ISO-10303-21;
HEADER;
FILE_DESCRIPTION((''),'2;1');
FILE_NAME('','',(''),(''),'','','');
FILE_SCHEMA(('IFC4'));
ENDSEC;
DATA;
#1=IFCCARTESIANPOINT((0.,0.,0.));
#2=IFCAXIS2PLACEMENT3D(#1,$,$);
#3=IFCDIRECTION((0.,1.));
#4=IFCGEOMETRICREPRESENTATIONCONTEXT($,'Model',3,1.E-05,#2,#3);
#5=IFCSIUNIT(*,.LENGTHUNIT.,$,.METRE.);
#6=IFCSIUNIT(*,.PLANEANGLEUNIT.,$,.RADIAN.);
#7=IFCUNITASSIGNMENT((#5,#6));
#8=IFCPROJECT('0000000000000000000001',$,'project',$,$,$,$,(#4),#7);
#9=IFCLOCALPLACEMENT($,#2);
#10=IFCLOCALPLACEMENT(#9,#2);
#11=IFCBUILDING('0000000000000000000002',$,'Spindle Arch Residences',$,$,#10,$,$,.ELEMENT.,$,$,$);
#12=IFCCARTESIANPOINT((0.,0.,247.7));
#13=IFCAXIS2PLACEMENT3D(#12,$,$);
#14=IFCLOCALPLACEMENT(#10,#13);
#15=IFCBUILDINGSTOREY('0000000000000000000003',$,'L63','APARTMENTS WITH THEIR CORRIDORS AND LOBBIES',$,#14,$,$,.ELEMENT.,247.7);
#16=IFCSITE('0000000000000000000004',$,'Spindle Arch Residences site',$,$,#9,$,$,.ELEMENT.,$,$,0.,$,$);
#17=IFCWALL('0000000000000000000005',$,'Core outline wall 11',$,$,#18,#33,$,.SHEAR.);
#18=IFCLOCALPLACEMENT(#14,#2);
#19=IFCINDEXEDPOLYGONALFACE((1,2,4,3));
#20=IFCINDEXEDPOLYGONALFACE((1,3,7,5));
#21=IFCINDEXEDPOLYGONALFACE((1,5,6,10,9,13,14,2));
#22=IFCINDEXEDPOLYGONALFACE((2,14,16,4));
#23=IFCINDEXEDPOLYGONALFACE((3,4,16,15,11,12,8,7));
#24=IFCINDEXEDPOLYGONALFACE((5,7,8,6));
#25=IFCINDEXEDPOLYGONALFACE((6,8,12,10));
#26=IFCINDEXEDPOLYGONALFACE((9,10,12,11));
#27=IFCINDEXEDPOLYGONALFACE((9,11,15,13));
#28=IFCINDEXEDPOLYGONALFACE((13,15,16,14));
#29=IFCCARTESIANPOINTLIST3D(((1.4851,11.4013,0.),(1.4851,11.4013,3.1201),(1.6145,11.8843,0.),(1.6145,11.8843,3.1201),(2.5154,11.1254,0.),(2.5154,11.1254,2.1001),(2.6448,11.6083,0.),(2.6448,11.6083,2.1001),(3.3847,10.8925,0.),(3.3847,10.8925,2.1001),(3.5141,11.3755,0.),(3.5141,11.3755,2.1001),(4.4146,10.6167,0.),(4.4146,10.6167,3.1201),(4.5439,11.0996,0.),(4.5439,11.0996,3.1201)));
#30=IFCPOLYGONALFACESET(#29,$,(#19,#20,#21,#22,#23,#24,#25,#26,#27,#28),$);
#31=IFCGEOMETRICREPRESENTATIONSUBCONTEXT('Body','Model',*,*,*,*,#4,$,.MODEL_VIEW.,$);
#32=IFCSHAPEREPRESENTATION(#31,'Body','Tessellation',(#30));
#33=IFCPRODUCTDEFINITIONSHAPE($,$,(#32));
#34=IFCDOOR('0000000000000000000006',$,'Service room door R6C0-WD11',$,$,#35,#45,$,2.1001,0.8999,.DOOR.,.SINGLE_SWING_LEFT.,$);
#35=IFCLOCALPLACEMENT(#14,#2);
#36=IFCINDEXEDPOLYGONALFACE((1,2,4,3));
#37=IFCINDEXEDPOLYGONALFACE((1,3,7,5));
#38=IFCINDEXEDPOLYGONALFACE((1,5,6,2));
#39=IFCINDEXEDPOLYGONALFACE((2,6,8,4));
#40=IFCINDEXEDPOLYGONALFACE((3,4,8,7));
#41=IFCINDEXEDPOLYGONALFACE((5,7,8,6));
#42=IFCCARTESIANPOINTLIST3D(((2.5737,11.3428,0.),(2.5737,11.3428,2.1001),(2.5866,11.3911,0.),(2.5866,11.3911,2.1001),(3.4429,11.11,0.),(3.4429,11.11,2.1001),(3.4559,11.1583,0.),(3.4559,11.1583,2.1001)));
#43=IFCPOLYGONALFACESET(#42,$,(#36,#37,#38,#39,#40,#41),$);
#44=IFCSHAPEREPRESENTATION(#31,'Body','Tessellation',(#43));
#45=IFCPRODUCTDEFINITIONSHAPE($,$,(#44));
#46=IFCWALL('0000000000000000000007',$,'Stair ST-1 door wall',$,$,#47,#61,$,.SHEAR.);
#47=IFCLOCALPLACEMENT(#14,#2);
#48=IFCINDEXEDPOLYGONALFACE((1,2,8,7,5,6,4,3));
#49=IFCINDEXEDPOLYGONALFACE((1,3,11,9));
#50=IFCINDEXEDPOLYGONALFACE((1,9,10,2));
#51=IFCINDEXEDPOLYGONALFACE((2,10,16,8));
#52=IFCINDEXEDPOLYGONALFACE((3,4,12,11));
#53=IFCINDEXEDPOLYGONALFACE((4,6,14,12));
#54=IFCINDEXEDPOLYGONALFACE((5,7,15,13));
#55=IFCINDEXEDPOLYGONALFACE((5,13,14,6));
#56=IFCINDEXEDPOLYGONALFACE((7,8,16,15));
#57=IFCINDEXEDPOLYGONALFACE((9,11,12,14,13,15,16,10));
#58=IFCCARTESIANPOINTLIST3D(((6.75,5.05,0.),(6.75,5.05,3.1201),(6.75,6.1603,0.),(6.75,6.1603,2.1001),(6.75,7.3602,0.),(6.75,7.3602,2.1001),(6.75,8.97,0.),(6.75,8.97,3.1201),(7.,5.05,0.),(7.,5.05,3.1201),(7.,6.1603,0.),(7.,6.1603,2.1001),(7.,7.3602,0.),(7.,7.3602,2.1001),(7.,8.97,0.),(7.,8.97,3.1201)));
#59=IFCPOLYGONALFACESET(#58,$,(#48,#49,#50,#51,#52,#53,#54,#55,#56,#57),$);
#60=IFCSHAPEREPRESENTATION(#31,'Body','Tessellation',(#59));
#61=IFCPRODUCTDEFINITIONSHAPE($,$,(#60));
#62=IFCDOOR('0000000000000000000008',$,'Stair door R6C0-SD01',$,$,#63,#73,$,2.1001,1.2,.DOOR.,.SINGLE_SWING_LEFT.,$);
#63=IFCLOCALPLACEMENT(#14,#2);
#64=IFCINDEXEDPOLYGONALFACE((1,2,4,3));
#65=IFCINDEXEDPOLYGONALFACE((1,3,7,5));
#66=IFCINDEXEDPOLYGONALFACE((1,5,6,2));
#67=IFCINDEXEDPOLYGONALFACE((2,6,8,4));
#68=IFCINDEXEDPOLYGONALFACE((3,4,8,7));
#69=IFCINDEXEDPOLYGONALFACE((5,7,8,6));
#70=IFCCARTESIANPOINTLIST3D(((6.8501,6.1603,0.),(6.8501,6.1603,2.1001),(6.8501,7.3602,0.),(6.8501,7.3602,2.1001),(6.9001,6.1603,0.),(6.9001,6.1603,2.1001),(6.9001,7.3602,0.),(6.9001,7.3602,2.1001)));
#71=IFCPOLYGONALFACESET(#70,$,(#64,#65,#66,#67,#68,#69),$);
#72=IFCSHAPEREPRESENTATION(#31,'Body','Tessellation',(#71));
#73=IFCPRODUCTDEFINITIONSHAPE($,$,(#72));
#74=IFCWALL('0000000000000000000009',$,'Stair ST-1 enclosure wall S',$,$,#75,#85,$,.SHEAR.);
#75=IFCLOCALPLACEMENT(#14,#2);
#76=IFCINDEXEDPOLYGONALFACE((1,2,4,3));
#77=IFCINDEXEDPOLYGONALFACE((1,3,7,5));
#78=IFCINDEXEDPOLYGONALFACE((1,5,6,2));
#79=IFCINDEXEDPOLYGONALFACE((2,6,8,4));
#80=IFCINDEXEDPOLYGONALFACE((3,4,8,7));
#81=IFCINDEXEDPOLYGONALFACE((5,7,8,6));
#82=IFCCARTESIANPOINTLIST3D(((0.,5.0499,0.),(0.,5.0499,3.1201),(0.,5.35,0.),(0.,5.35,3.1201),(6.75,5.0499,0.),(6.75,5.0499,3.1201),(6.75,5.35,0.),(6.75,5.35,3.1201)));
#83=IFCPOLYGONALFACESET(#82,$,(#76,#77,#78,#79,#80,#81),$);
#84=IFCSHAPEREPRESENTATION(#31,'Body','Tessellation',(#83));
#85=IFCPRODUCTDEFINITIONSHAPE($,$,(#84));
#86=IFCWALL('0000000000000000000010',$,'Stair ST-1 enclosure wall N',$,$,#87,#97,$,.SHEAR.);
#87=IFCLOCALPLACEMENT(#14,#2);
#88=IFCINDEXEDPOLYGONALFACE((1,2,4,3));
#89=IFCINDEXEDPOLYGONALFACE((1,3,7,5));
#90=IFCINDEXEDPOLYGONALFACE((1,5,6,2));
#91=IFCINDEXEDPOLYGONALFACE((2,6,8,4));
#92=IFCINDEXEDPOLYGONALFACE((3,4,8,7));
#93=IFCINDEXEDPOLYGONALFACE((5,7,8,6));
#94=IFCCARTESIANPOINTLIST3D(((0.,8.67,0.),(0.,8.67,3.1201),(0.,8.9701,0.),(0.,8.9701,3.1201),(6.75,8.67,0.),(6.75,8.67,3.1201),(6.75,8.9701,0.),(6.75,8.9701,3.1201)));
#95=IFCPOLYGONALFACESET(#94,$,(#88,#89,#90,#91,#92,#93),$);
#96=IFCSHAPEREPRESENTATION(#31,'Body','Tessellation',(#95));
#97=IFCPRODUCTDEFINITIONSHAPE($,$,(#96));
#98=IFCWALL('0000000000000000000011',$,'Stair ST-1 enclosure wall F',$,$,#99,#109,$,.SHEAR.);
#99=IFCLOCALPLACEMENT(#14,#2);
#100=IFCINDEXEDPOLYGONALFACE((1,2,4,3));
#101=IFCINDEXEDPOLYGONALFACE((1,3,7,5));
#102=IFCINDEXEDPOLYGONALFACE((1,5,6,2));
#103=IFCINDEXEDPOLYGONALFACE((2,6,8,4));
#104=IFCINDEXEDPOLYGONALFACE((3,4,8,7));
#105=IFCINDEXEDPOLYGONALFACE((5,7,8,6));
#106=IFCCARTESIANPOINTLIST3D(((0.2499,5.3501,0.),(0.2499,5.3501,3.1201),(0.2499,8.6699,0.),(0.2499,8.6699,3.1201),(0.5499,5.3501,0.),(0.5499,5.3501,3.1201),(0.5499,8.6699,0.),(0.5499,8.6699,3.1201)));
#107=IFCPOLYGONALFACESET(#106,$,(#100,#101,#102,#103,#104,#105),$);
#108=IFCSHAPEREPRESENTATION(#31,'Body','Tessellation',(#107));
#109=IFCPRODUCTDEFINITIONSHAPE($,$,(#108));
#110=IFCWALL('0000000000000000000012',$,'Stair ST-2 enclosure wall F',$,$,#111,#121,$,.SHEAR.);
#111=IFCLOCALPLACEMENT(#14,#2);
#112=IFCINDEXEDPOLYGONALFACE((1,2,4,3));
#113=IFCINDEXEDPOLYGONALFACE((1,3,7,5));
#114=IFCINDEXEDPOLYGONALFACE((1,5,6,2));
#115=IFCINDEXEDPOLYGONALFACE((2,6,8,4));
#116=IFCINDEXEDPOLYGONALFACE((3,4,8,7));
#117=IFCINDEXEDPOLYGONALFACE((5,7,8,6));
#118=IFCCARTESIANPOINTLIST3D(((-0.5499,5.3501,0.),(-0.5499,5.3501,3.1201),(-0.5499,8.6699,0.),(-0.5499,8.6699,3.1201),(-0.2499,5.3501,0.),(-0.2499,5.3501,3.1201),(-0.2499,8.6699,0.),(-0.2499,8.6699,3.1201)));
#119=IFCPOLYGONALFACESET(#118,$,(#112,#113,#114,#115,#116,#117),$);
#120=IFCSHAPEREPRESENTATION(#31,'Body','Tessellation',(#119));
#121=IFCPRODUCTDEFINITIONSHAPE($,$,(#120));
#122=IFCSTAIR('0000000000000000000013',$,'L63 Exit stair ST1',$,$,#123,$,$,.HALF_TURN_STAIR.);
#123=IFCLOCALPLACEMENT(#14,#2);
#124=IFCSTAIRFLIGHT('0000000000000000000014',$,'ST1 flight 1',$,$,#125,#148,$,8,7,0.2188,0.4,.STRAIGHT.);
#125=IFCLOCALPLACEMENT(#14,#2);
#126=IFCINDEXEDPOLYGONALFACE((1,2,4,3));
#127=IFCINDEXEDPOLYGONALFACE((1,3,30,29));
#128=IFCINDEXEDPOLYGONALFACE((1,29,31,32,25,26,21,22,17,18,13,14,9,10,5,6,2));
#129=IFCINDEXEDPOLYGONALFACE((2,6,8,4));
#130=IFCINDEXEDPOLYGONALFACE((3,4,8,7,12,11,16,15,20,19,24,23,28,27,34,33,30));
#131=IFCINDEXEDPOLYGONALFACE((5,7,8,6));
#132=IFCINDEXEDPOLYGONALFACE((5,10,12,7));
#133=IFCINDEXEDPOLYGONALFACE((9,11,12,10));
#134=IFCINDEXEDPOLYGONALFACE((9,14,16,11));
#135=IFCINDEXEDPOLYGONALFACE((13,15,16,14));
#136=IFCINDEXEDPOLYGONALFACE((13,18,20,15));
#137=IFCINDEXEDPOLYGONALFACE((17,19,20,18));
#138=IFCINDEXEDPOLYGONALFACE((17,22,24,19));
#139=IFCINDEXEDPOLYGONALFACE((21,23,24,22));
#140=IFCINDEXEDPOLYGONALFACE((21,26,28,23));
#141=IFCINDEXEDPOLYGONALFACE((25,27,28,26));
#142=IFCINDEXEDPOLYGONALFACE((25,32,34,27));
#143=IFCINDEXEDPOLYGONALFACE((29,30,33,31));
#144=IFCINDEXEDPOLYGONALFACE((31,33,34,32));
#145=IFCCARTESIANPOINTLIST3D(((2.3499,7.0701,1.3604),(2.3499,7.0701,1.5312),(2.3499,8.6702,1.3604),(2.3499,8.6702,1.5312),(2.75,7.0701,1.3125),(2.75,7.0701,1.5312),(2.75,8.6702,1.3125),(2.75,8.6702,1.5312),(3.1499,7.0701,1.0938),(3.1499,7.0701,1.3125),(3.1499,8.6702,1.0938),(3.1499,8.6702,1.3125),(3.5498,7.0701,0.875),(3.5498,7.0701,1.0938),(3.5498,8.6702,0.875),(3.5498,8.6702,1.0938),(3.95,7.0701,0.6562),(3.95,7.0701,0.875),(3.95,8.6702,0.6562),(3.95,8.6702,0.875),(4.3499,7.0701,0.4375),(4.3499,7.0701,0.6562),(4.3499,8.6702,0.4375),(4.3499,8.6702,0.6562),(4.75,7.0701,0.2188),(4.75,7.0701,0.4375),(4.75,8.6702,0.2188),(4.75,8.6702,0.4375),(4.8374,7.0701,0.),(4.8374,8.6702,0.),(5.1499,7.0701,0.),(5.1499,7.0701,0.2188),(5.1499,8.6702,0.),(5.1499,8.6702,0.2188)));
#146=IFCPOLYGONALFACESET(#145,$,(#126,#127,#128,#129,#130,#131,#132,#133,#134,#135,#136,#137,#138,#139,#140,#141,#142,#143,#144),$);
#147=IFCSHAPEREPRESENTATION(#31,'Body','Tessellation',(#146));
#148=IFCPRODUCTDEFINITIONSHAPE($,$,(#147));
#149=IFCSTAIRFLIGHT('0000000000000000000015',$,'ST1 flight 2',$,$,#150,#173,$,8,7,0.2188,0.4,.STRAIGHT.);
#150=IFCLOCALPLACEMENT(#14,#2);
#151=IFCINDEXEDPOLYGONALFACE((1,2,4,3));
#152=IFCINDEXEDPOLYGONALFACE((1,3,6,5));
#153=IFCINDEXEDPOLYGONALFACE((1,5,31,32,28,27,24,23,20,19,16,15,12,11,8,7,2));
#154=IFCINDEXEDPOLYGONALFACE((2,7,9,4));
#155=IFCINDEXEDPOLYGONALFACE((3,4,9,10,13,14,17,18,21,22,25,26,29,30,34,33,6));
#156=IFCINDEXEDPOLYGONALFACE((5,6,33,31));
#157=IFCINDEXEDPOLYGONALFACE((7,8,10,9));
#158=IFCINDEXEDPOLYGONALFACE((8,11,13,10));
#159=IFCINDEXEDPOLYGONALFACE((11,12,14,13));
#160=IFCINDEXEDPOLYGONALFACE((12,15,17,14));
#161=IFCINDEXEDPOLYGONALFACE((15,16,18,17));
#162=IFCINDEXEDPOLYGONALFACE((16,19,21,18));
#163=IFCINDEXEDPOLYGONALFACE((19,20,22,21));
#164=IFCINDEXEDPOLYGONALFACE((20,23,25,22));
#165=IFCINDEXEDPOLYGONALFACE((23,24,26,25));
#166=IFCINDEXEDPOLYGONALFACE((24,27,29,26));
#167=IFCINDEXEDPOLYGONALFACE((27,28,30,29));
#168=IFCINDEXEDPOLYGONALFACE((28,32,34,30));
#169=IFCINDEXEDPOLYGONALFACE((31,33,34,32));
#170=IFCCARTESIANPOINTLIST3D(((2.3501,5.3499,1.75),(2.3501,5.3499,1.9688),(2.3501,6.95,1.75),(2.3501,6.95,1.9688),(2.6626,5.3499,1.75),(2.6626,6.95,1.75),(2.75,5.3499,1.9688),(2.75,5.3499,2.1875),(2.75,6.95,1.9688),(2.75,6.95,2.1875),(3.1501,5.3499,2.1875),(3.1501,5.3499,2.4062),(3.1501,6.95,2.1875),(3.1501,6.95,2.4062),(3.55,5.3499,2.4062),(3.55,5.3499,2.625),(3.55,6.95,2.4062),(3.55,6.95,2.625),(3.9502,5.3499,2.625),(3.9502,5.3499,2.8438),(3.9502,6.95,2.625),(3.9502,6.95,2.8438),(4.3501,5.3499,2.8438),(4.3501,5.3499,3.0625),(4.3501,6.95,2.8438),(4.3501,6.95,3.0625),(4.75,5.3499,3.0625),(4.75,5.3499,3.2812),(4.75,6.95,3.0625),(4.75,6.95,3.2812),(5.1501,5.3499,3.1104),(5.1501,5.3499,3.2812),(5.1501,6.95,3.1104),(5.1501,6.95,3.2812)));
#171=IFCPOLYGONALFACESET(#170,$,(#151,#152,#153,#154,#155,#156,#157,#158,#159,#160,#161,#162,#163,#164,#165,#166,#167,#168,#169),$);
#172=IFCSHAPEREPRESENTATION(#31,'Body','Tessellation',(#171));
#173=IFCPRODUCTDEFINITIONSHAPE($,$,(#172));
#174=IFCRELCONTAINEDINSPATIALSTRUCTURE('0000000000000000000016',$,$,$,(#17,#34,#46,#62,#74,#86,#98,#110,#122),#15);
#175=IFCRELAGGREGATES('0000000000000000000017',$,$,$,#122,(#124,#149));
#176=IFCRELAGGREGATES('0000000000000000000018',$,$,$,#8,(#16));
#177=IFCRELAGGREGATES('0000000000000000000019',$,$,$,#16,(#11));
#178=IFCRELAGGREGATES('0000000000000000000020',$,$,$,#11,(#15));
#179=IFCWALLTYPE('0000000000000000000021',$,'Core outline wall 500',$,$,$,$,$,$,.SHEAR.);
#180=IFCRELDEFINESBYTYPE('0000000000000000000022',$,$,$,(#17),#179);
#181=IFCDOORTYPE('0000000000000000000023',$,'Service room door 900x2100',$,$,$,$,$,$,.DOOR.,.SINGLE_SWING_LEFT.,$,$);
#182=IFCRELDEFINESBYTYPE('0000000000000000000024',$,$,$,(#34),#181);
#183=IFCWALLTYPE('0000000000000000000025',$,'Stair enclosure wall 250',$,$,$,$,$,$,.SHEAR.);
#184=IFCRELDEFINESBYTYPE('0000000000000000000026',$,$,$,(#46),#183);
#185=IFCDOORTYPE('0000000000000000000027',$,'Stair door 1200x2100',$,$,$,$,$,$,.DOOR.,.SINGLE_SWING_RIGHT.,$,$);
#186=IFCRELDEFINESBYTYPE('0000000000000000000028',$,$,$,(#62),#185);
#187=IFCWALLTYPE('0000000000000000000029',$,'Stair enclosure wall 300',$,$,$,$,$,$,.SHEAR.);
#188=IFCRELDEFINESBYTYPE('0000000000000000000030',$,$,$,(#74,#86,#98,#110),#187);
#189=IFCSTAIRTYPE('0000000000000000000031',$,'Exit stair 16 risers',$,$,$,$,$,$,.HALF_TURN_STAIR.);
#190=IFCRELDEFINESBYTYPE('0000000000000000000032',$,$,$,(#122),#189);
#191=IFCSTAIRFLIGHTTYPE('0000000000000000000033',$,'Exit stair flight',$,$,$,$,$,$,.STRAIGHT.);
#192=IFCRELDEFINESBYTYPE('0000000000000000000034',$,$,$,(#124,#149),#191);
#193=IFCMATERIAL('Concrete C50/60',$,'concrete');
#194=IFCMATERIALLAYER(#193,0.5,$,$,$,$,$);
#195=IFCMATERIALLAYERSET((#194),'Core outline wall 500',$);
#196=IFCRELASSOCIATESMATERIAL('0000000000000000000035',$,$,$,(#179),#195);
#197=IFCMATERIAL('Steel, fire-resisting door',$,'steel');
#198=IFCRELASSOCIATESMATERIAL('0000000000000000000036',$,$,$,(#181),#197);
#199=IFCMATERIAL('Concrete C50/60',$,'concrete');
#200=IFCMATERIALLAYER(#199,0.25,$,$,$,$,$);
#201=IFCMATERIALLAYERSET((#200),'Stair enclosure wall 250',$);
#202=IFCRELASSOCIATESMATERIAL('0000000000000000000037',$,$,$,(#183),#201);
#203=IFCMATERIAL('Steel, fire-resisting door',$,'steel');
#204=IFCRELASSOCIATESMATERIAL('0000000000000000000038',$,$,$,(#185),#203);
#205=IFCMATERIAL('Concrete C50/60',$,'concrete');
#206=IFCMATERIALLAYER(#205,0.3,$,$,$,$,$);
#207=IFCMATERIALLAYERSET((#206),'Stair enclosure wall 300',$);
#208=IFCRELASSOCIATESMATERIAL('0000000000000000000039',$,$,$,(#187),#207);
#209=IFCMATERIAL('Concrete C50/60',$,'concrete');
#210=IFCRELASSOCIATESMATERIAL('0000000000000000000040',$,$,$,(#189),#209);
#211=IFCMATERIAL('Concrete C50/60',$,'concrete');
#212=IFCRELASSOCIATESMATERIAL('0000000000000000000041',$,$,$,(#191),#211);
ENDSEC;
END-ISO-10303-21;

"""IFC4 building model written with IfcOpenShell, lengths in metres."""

from ifc_helpers import new_model, si_unit, direction, frame, frame_2d, origin, place, context, subcontext, project, spatial, polyline, rectangle, outline, extrude, material, layer, layer_set, type_object, element, fill, aggregate, save


model = new_model("IFC4")

# Units and contexts
model_context = context("Model", 3, precision=1e-05, world=origin(), true_north=direction((0.0, 1.0)))
body_context = subcontext(model_context, "Body", "Model", "MODEL_VIEW")
ifc_project = project(units=[si_unit("LENGTHUNIT", "METRE"), si_unit("PLANEANGLEUNIT", "RADIAN")], contexts=[model_context])

# Site, building, storey
site_placement = place(None, origin())
site = spatial("IfcSite", under=ifc_project, at=site_placement, Name="Spindle Arch Residences site", CompositionType="ELEMENT", RefElevation=0.0)
building_placement = place(site_placement, origin())
building = spatial("IfcBuilding", under=site, at=building_placement, Name="Spindle Arch Residences", CompositionType="ELEMENT")
storey_placement = place(building_placement, frame((0.0, 0.0, 247.7)))
storey = spatial("IfcBuildingStorey", under=building, at=storey_placement, Name="L63", Description="APARTMENTS WITH THEIR CORRIDORS AND LOBBIES", CompositionType="ELEMENT", Elevation=247.7)

# Wall, opening, door
ifc_material_1 = material(Name="Concrete C50/60", Category="concrete")
ifc_layer_1 = layer(ifc_material_1, 0.5)
ifc_layer_set_1 = layer_set([ifc_layer_1], Name="Core outline wall 500")
wall_type_1 = type_object("IfcWallType", Name="Core outline wall 500", PredefinedType="SHEAR", material=ifc_layer_set_1)
wall_1_placement = place(storey_placement, frame((4.4792, 10.8582, 0.0), z_axis=(0.0, 0.0, 1.0), x_axis=(-0.965948, 0.258735, 0.0)))
wall_1 = element("IfcWall", 1, at=wall_1_placement, inside=storey, type_object=wall_type_1, Name="Core outline wall 11", PredefinedType="SHEAR", context=body_context, shape_type="SweptSolid", body=[
    extrude(rectangle(XDim=3.0327, YDim=0.5, at=frame_2d((1.5164, 0.0))), origin(), (0.0, 0.0, 1.0), 3.1201),
])
opening_1_placement = place(wall_1_placement, frame((1.0662, 0.0, 0.0)))
opening_1 = element("IfcOpeningElement", 2, at=opening_1_placement, cuts=wall_1, PredefinedType="OPENING", context=body_context, shape_type="SweptSolid", body=[
    extrude(rectangle(XDim=0.8999, YDim=2.1001, at=frame_2d((0.45, 1.05))), frame((0.0, 0.26, 0.0), z_axis=(0.0, -1.0, 0.0), x_axis=(1.0, 0.0, 0.0)), (0.0, 0.0, 1.0), 0.52),
])
ifc_material_2 = material(Name="Steel, fire-resisting door", Category="steel")
door_type_1 = type_object("IfcDoorType", Name="Service room door 900x2100", OperationType="SINGLE_SWING_LEFT", PredefinedType="DOOR", material=ifc_material_2)
door_1_placement = place(opening_1_placement, origin())
door_1 = element("IfcDoor", 3, at=door_1_placement, inside=storey, type_object=door_type_1, Name="Service room door R6C0-WD11", OperationType="SINGLE_SWING_LEFT", OverallHeight=2.1001, OverallWidth=0.8999, PredefinedType="DOOR", context=body_context, shape_type="SweptSolid", body=[
    extrude(rectangle(XDim=0.8999, YDim=2.1001, at=frame_2d((0.45, 1.05))), frame((0.0, 0.0249, 0.0), z_axis=(0.0, -1.0, 0.0), x_axis=(1.0, 0.0, 0.0)), (0.0, 0.0, 1.0), 0.05),
])
fill(opening_1, door_1)

# Wall, opening, door
ifc_material_3 = material(Name="Concrete C50/60", Category="concrete")
ifc_layer_2 = layer(ifc_material_3, 0.25)
ifc_layer_set_2 = layer_set([ifc_layer_2], Name="Stair enclosure wall 250")
wall_type_2 = type_object("IfcWallType", Name="Stair enclosure wall 250", PredefinedType="SHEAR", material=ifc_layer_set_2)
wall_2_placement = place(storey_placement, frame((6.875, 5.05, 0.0), z_axis=(0.0, 0.0, 1.0), x_axis=(0.0, 1.0, 0.0)))
wall_2 = element("IfcWall", 4, at=wall_2_placement, inside=storey, type_object=wall_type_2, Name="Stair ST-1 door wall", PredefinedType="SHEAR", context=body_context, shape_type="SweptSolid", body=[
    extrude(rectangle(XDim=3.9199, YDim=0.25, at=frame_2d((1.96, 0.0))), origin(), (0.0, 0.0, 1.0), 3.1201),
])
opening_2_placement = place(wall_2_placement, frame((1.1101, 0.0, 0.0)))
opening_2 = element("IfcOpeningElement", 5, at=opening_2_placement, cuts=wall_2, PredefinedType="OPENING", context=body_context, shape_type="SweptSolid", body=[
    extrude(rectangle(XDim=1.2, YDim=2.1001, at=frame_2d((0.6001, 1.05))), frame((0.0, 0.135, 0.0), z_axis=(0.0, -1.0, 0.0), x_axis=(1.0, 0.0, 0.0)), (0.0, 0.0, 1.0), 0.27),
])
ifc_material_4 = material(Name="Steel, fire-resisting door", Category="steel")
door_type_2 = type_object("IfcDoorType", Name="Stair door 1200x2100", OperationType="SINGLE_SWING_RIGHT", PredefinedType="DOOR", material=ifc_material_4)
door_2_placement = place(opening_2_placement, origin())
door_2 = element("IfcDoor", 6, at=door_2_placement, inside=storey, type_object=door_type_2, Name="Stair door R6C0-SD01", OperationType="SINGLE_SWING_LEFT", OverallHeight=2.1001, OverallWidth=1.2, PredefinedType="DOOR", context=body_context, shape_type="SweptSolid", body=[
    extrude(rectangle(XDim=1.2, YDim=2.1001, at=frame_2d((0.6001, 1.05))), frame((0.0, 0.0249, 0.0), z_axis=(0.0, -1.0, 0.0), x_axis=(1.0, 0.0, 0.0)), (0.0, 0.0, 1.0), 0.05),
])
fill(opening_2, door_2)

# Walls
ifc_material_5 = material(Name="Concrete C50/60", Category="concrete")
ifc_layer_3 = layer(ifc_material_5, 0.3)
ifc_layer_set_3 = layer_set([ifc_layer_3], Name="Stair enclosure wall 300")
wall_type_3 = type_object("IfcWallType", Name="Stair enclosure wall 300", PredefinedType="SHEAR", material=ifc_layer_set_3)
for number, where, z_axis, x_axis, name in (
    (7, (0.0, 5.2, 0.0), (0.0, 0.0, 1.0), (1.0, 0.0, 0.0), "Stair ST-1 enclosure wall S"),
    (8, (0.0, 8.8201, 0.0), (0.0, 0.0, 1.0), (1.0, 0.0, 0.0), "Stair ST-1 enclosure wall N"),
):
    element("IfcWall", number, at=place(storey_placement, frame(where, z_axis=z_axis, x_axis=x_axis)), inside=storey, type_object=wall_type_3, Name=name, PredefinedType="SHEAR", context=body_context, shape_type="SweptSolid", body=[
        extrude(rectangle(XDim=6.75, YDim=0.3, at=frame_2d((3.375, 0.0))), origin(), (0.0, 0.0, 1.0), 3.1201),
    ])
for number, where, z_axis, x_axis, name in (
    (9, (0.3999, 5.3501, 0.0), (0.0, 0.0, 1.0), (0.0, 1.0, 0.0), "Stair ST-1 enclosure wall F"),
    (10, (-0.3999, 5.3501, 0.0), (0.0, 0.0, 1.0), (0.0, 1.0, 0.0), "Stair ST-2 enclosure wall F"),
):
    element("IfcWall", number, at=place(storey_placement, frame(where, z_axis=z_axis, x_axis=x_axis)), inside=storey, type_object=wall_type_3, Name=name, PredefinedType="SHEAR", context=body_context, shape_type="SweptSolid", body=[
        extrude(rectangle(XDim=3.3198, YDim=0.3, at=frame_2d((1.6599, 0.0))), origin(), (0.0, 0.0, 1.0), 3.1201),
    ])

# Stair, stair flights
ifc_material_6 = material(Name="Concrete C50/60", Category="concrete")
stair_type = type_object("IfcStairType", Name="Exit stair 16 risers", PredefinedType="HALF_TURN_STAIR", material=ifc_material_6)
stair_placement = place(storey_placement, origin())
stair = element("IfcStair", 11, at=stair_placement, inside=storey, type_object=stair_type, Name="L63 Exit stair ST1", PredefinedType="HALF_TURN_STAIR")
ifc_material_7 = material(Name="Concrete C50/60", Category="concrete")
stair_flight_type = type_object("IfcStairFlightType", Name="Exit stair flight", PredefinedType="STRAIGHT", material=ifc_material_7)
stair_flight_1_placement = place(storey_placement, frame((5.1499, 7.8701, 0.0), z_axis=(0.0, 0.0, 1.0), x_axis=(-1.0, 0.0, 0.0)))
stair_flight_1 = element("IfcStairFlight", 12, at=stair_flight_1_placement, type_object=stair_flight_type, Name="ST1 flight 1", NumberOfRisers=8, NumberOfTreads=7, PredefinedType="STRAIGHT", RiserHeight=0.2188, TreadLength=0.4, context=body_context, shape_type="SweptSolid", body=[
    extrude(outline(polyline([(0.0, 0.0), (0.0, 0.2188), (0.3999, 0.2188), (0.3999, 0.4375), (0.8, 0.4375), (0.8, 0.6562), (1.2, 0.6562), (1.2, 0.875), (1.6001, 0.875), (1.6001, 1.0938), (2.0, 1.0938), (2.0, 1.3125), (2.3999, 1.3125), (2.3999, 1.5312), (2.8, 1.5312), (2.8, 1.75), (2.8, 1.3604), (0.3125, 0.0), (0.0, 0.0)])), frame((0.0, 0.8, 0.0), z_axis=(0.0, -1.0, 0.0), x_axis=(1.0, 0.0, 0.0)), (0.0, 0.0, 1.0), 1.6001),
])
stair_flight_2_placement = place(storey_placement, frame((2.3501, 6.1499, 1.75), z_axis=(0.0, 0.0, 1.0), x_axis=(1.0, 0.0, 0.0)))
stair_flight_2 = element("IfcStairFlight", 13, at=stair_flight_2_placement, type_object=stair_flight_type, Name="ST1 flight 2", NumberOfRisers=8, NumberOfTreads=7, PredefinedType="STRAIGHT", RiserHeight=0.2188, TreadLength=0.4, context=body_context, shape_type="SweptSolid", body=[
    extrude(outline(polyline([(0.0, 0.0), (0.0, 0.2188), (0.3999, 0.2188), (0.3999, 0.4375), (0.8, 0.4375), (0.8, 0.6562), (1.2, 0.6562), (1.2, 0.875), (1.6001, 0.875), (1.6001, 1.0938), (2.0, 1.0938), (2.0, 1.3125), (2.3999, 1.3125), (2.3999, 1.5312), (2.8, 1.5312), (2.8, 1.75), (2.8, 1.3604), (0.3125, 0.0), (0.0, 0.0)])), frame((0.0, 0.8, 0.0), z_axis=(0.0, -1.0, 0.0), x_axis=(1.0, 0.0, 0.0)), (0.0, 0.0, 1.0), 1.6001),
])
aggregate(stair, [stair_flight_1, stair_flight_2])

save(model, "model.ifc")
